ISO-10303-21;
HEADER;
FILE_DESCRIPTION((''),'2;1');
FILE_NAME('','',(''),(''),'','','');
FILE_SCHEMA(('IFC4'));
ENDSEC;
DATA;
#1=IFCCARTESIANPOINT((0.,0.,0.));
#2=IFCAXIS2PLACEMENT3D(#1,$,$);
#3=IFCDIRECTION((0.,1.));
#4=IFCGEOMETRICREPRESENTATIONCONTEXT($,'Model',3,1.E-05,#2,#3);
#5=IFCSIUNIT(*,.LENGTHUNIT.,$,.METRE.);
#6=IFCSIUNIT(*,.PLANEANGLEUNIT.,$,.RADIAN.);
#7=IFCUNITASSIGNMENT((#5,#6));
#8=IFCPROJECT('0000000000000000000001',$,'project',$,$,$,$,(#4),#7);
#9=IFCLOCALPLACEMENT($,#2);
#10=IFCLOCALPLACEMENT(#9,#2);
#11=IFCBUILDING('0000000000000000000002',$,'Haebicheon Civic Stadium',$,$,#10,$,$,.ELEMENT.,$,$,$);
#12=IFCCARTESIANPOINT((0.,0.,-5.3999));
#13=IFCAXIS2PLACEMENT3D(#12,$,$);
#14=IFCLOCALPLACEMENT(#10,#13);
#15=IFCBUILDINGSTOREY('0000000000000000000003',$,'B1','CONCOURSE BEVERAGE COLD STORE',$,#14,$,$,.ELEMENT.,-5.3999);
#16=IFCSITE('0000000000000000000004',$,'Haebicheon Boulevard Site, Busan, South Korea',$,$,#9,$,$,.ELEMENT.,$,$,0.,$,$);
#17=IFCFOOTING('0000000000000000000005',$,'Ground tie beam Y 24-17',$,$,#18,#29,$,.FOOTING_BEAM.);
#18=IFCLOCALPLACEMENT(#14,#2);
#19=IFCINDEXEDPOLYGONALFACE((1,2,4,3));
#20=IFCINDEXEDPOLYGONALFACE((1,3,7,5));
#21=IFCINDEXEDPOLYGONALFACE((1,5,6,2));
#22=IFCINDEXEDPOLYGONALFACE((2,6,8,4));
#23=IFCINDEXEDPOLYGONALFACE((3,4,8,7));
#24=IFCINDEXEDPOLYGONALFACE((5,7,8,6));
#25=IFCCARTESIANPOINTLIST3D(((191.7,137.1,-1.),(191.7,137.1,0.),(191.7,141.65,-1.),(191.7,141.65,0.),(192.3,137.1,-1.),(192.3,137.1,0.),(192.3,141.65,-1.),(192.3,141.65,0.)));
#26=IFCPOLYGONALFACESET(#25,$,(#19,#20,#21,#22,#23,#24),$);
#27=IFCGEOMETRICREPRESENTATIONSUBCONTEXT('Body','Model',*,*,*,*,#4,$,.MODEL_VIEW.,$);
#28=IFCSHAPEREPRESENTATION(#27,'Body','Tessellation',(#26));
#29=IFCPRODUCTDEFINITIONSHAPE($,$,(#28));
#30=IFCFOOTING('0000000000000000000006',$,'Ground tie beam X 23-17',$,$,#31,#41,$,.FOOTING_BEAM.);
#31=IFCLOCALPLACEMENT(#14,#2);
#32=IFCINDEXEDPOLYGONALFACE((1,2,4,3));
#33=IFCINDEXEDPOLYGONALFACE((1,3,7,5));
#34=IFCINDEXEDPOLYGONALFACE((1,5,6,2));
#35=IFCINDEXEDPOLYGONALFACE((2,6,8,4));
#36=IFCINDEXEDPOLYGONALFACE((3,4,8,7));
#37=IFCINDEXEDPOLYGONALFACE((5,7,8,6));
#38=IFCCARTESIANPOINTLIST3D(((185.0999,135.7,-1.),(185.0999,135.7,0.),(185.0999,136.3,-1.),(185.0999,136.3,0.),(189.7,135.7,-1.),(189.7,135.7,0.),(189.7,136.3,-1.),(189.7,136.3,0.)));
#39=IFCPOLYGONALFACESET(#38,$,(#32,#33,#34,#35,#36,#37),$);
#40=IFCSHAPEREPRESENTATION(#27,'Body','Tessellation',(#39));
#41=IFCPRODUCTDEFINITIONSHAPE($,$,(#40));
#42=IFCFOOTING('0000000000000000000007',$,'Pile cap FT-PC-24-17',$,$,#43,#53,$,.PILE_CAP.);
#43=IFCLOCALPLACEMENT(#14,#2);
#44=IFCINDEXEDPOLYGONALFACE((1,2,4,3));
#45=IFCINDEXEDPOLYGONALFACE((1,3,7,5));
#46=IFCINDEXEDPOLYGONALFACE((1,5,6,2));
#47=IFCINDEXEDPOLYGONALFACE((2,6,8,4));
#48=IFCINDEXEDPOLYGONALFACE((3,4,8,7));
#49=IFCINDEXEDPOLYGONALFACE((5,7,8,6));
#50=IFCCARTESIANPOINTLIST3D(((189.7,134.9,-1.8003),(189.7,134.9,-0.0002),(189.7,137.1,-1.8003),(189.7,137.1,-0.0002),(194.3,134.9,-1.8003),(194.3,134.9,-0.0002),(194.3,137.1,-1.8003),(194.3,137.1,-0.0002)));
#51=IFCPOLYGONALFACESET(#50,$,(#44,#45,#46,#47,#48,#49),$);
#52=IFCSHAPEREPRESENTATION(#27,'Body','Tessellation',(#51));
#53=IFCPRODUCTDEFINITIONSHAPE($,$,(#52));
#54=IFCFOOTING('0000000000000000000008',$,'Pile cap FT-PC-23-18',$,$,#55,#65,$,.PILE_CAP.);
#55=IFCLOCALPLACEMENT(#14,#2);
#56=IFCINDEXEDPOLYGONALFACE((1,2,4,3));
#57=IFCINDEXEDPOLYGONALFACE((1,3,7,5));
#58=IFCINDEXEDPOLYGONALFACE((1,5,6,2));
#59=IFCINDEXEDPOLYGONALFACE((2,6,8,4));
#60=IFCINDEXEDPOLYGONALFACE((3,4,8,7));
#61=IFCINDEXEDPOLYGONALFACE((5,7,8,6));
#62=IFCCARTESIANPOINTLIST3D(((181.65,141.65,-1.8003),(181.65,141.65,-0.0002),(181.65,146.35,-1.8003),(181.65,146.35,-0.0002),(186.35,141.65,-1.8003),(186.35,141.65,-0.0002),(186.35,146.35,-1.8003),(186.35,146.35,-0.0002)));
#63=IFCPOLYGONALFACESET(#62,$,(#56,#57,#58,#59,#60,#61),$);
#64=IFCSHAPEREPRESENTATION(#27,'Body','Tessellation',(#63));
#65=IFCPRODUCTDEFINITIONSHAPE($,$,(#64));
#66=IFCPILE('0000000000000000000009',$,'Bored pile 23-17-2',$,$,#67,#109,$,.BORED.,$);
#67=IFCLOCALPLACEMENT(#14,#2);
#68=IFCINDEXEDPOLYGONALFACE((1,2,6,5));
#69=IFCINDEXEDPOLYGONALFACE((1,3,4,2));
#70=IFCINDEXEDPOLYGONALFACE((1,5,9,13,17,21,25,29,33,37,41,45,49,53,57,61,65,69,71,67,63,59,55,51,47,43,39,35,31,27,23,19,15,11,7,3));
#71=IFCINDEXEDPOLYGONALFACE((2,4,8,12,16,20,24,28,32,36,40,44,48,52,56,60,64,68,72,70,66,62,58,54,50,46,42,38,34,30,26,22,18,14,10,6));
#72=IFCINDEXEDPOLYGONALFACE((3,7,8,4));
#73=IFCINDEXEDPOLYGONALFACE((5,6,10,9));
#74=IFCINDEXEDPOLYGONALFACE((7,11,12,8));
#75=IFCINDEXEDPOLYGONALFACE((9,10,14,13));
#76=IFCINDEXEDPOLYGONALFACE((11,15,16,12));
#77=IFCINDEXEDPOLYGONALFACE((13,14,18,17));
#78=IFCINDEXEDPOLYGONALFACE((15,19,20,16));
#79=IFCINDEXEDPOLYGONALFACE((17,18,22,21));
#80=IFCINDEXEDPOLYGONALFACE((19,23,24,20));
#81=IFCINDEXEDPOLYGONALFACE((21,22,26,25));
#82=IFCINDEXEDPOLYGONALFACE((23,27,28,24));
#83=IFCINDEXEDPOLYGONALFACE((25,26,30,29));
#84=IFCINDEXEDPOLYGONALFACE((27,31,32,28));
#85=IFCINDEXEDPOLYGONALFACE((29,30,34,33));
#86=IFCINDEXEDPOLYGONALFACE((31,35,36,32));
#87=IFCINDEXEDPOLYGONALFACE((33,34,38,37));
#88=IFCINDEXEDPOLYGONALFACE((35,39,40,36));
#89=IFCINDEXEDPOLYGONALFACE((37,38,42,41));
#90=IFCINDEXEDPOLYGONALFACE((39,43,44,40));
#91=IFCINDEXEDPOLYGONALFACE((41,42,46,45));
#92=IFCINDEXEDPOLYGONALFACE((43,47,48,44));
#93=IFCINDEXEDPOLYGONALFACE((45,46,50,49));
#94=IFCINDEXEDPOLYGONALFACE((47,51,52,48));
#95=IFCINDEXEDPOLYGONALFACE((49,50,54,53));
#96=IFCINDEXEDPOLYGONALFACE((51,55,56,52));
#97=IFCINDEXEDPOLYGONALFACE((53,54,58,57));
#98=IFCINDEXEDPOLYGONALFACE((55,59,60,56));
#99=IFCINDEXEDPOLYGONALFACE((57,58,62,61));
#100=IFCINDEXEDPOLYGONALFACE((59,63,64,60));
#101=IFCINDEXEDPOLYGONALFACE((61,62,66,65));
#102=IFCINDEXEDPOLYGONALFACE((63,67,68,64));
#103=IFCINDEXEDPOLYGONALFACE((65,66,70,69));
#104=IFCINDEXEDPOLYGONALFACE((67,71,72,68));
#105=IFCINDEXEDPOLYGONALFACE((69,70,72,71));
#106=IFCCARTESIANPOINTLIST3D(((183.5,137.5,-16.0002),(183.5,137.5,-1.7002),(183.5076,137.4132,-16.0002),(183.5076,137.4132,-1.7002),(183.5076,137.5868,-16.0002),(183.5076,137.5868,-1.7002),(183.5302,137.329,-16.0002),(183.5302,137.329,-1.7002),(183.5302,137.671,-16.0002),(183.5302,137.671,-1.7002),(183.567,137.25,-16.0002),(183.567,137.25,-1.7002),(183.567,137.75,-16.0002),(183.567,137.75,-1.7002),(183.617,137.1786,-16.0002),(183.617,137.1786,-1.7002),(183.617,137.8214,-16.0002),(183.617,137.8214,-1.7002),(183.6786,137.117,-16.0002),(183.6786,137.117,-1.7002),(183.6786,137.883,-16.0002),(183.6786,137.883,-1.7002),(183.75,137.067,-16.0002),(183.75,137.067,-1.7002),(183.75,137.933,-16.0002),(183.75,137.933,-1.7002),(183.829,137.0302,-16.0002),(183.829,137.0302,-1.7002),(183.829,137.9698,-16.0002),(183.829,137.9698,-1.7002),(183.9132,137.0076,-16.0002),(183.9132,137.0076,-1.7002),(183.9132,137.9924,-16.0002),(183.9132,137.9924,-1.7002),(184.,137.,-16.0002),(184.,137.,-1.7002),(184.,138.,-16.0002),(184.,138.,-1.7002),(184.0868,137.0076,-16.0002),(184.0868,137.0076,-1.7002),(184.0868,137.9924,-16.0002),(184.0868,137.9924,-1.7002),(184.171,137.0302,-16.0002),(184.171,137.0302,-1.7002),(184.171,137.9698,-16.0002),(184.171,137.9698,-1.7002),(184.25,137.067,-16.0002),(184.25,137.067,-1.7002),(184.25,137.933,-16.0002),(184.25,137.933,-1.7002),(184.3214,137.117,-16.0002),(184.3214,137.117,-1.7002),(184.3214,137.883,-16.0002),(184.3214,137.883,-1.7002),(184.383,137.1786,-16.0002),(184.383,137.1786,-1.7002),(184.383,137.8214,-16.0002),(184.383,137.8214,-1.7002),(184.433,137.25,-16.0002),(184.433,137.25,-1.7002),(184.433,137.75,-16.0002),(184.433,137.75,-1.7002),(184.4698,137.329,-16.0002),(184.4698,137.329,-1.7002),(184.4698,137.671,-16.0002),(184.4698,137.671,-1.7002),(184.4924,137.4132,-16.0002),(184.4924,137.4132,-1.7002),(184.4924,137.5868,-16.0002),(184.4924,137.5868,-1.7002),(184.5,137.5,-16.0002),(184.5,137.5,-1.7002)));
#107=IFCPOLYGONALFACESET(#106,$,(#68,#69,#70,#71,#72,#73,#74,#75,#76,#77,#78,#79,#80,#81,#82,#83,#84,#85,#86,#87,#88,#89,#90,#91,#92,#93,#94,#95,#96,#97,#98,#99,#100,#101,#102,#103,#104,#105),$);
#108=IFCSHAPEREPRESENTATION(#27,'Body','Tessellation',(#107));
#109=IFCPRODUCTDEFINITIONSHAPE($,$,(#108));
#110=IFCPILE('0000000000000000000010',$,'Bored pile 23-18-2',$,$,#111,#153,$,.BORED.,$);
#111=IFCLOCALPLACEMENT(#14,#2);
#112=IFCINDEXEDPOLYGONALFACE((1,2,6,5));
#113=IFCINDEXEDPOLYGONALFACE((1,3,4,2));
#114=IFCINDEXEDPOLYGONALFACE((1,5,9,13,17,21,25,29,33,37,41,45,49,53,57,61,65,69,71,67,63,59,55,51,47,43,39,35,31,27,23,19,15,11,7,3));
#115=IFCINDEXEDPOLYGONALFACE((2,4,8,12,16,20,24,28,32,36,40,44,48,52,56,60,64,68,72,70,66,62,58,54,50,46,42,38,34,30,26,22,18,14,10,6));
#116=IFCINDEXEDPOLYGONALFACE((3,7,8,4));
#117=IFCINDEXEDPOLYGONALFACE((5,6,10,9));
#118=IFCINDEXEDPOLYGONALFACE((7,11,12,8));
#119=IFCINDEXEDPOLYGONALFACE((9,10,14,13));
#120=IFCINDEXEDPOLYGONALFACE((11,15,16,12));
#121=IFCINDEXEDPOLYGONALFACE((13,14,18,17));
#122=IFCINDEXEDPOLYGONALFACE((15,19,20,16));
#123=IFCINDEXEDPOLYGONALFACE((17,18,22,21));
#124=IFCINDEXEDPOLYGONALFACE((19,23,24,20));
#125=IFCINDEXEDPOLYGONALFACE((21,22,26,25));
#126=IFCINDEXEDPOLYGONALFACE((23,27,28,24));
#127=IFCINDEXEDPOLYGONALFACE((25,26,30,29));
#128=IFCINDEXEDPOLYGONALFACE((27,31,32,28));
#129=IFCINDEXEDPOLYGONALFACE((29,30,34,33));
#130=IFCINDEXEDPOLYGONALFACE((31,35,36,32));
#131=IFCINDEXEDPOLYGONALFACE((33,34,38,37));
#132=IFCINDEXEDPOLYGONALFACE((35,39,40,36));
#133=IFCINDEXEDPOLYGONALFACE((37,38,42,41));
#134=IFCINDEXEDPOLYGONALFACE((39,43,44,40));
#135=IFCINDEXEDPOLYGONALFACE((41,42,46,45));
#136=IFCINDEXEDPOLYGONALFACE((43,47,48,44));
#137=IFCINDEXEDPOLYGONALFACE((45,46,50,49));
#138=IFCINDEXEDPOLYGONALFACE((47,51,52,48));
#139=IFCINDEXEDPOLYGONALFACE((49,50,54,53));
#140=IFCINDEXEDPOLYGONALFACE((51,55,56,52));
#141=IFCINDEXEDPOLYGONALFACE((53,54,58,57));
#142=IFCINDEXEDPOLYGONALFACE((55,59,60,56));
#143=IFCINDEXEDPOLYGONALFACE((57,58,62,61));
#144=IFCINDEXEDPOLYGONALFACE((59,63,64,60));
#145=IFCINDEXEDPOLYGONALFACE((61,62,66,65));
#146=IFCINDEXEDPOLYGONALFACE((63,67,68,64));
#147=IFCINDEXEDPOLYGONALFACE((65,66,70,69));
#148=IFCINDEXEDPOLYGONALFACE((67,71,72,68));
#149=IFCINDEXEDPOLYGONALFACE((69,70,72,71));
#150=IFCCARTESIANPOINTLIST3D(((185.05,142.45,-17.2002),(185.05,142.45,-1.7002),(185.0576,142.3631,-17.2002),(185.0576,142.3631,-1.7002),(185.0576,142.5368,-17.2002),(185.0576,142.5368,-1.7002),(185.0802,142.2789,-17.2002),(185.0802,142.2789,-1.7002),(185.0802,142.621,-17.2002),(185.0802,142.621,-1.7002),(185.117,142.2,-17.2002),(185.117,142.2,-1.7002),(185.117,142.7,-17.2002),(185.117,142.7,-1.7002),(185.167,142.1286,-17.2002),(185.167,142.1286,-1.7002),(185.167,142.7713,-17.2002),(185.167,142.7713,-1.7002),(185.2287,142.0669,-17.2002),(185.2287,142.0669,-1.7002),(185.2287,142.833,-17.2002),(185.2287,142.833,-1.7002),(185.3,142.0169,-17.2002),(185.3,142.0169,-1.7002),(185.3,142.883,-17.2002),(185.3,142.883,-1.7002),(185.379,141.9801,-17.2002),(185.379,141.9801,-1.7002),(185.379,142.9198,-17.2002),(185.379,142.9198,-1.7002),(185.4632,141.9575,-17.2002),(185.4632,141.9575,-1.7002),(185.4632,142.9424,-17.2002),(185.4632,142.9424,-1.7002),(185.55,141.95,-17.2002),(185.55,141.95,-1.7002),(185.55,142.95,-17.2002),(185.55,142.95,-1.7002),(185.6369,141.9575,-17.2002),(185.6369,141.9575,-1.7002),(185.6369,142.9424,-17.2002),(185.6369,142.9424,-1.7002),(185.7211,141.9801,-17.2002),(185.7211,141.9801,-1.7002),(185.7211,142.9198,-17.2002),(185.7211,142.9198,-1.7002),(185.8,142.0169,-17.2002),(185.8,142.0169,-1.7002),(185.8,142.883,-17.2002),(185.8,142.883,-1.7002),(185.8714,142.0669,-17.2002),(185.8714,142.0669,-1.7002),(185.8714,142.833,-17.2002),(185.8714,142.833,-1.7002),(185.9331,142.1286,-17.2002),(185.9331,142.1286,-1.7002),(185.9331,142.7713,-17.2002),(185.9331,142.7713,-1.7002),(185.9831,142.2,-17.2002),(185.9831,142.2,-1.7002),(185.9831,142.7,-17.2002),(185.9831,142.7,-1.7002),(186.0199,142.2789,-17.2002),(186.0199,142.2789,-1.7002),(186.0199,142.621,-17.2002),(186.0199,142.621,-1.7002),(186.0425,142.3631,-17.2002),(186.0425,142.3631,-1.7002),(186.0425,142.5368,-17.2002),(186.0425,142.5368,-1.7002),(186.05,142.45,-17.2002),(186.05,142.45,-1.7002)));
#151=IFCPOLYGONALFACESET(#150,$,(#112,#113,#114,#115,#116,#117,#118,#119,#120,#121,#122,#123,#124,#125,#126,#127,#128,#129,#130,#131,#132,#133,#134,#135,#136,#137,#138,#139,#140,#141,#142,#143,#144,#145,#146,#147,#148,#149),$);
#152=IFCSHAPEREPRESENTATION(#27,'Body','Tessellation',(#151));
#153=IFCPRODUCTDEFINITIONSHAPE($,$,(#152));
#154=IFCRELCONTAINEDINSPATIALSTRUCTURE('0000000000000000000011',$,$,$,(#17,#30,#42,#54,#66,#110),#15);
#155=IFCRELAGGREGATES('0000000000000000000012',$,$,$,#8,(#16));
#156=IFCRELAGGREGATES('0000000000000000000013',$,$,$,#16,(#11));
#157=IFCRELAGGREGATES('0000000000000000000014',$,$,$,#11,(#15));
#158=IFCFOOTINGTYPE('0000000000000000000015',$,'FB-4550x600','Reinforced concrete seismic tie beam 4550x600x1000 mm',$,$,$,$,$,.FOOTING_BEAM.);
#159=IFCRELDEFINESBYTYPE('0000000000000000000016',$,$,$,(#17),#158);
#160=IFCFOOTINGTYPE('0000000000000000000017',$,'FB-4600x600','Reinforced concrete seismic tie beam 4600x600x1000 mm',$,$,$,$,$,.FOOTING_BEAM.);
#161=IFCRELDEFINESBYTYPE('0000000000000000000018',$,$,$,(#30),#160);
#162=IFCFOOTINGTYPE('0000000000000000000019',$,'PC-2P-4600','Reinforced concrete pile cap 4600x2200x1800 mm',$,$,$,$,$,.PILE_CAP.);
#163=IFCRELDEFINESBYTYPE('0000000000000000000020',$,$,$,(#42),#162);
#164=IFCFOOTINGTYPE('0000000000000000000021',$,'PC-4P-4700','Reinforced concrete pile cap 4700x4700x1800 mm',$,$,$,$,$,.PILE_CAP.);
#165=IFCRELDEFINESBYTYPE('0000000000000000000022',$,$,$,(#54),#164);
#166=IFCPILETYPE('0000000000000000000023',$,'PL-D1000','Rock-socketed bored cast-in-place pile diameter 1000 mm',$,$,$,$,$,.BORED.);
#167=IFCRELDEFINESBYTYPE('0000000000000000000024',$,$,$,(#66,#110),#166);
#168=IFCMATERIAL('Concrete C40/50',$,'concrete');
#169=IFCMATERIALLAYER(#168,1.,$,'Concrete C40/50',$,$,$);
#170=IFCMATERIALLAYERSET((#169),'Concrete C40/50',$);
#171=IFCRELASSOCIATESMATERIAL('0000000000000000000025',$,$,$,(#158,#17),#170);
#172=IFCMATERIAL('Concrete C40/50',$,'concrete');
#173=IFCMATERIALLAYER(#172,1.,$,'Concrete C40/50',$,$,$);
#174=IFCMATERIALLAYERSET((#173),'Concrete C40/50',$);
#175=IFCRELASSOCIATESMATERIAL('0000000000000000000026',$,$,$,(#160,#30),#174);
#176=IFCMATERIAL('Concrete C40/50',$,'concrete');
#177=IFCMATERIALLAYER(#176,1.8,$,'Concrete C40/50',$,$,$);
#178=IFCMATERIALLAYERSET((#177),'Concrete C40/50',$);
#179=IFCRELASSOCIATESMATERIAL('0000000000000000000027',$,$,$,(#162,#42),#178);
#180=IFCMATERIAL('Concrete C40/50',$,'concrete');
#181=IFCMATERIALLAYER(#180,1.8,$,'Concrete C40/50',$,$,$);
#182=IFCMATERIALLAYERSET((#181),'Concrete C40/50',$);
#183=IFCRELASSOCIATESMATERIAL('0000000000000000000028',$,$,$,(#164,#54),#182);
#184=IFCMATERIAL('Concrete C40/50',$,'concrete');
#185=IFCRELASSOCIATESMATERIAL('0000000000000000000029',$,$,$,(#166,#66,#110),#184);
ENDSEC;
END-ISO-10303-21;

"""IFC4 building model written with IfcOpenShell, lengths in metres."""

from ifc_helpers import new_model, si_unit, direction, frame, origin, origin_2d, place, context, subcontext, project, spatial, rectangle, circle, extrude, material, layer, layer_set, material_profile, profile_set, type_object, element, save


model = new_model("IFC4")

# Units and contexts
model_context = context("Model", 3, precision=1e-05, world=origin(), true_north=direction((0.0, 1.0)))
body_context = subcontext(model_context, "Body", "Model", "MODEL_VIEW")
ifc_project = project(units=[si_unit("LENGTHUNIT", "METRE"), si_unit("PLANEANGLEUNIT", "RADIAN")], contexts=[model_context])

# Site, building, storey
site_placement = place(None, origin())
site = spatial("IfcSite", under=ifc_project, at=site_placement, Name="Haebicheon Boulevard Site, Busan, South Korea", CompositionType="ELEMENT", RefElevation=0.0)
building_placement = place(site_placement, origin())
building = spatial("IfcBuilding", under=site, at=building_placement, Name="Haebicheon Civic Stadium", CompositionType="ELEMENT")
storey_placement = place(building_placement, frame((0.0, 0.0, -5.3999)))
storey = spatial("IfcBuildingStorey", under=building, at=storey_placement, Name="B1", Description="CONCOURSE BEVERAGE COLD STORE", CompositionType="ELEMENT", Elevation=-5.3999)

# Footings
ifc_material_1 = material(Name="Concrete C40/50", Category="concrete")
ifc_layer_1 = layer(ifc_material_1, 1.0, Name="Concrete C40/50")
ifc_layer_set_1 = layer_set([ifc_layer_1], Name="Concrete C40/50")
footing_type_1 = type_object("IfcFootingType", Name="FB-4550x600", Description="Reinforced concrete seismic tie beam 4550x600x1000 mm", PredefinedType="FOOTING_BEAM", material=ifc_layer_set_1)
footing_1_placement = place(storey_placement, frame((192.0, 139.375, -1.0), z_axis=(0.0, 0.0, 1.0), x_axis=(0.0, 1.0, 0.0)))
element("IfcFooting", 1, at=footing_1_placement, inside=storey, type_object=footing_type_1, material=ifc_layer_set_1, Name="Ground tie beam Y 24-17", PredefinedType="FOOTING_BEAM", context=body_context, shape_type="SweptSolid", body=[
    extrude(rectangle(XDim=4.55, YDim=0.6001, at=origin_2d()), origin(), (0.0, 0.0, 1.0), 1.0),
])
ifc_material_2 = material(Name="Concrete C40/50", Category="concrete")
ifc_layer_2 = layer(ifc_material_2, 1.0, Name="Concrete C40/50")
ifc_layer_set_2 = layer_set([ifc_layer_2], Name="Concrete C40/50")
footing_type_2 = type_object("IfcFootingType", Name="FB-4600x600", Description="Reinforced concrete seismic tie beam 4600x600x1000 mm", PredefinedType="FOOTING_BEAM", material=ifc_layer_set_2)
footing_2_placement = place(storey_placement, frame((187.3999, 136.0, -1.0), z_axis=(0.0, 0.0, 1.0), x_axis=(1.0, 0.0, 0.0)))
element("IfcFooting", 2, at=footing_2_placement, inside=storey, type_object=footing_type_2, material=ifc_layer_set_2, Name="Ground tie beam X 23-17", PredefinedType="FOOTING_BEAM", context=body_context, shape_type="SweptSolid", body=[
    extrude(rectangle(XDim=4.6001, YDim=0.6001, at=origin_2d()), origin(), (0.0, 0.0, 1.0), 1.0),
])
ifc_material_3 = material(Name="Concrete C40/50", Category="concrete")
ifc_layer_3 = layer(ifc_material_3, 1.8, Name="Concrete C40/50")
ifc_layer_set_3 = layer_set([ifc_layer_3], Name="Concrete C40/50")
footing_type_3 = type_object("IfcFootingType", Name="PC-2P-4600", Description="Reinforced concrete pile cap 4600x2200x1800 mm", PredefinedType="PILE_CAP", material=ifc_layer_set_3)
footing_3_placement = place(storey_placement, frame((192.0, 136.0, -1.8003), z_axis=(0.0, 0.0, 1.0), x_axis=(1.0, 0.0, 0.0)))
element("IfcFooting", 3, at=footing_3_placement, inside=storey, type_object=footing_type_3, material=ifc_layer_set_3, Name="Pile cap FT-PC-24-17", PredefinedType="PILE_CAP", context=body_context, shape_type="SweptSolid", body=[
    extrude(rectangle(XDim=4.6001, YDim=2.2, at=origin_2d()), origin(), (0.0, 0.0, 1.0), 1.8),
])
ifc_material_4 = material(Name="Concrete C40/50", Category="concrete")
ifc_layer_4 = layer(ifc_material_4, 1.8, Name="Concrete C40/50")
ifc_layer_set_4 = layer_set([ifc_layer_4], Name="Concrete C40/50")
footing_type_4 = type_object("IfcFootingType", Name="PC-4P-4700", Description="Reinforced concrete pile cap 4700x4700x1800 mm", PredefinedType="PILE_CAP", material=ifc_layer_set_4)
footing_4_placement = place(storey_placement, frame((184.0, 144.0, -1.8003), z_axis=(0.0, 0.0, 1.0), x_axis=(1.0, 0.0, 0.0)))
element("IfcFooting", 4, at=footing_4_placement, inside=storey, type_object=footing_type_4, material=ifc_layer_set_4, Name="Pile cap FT-PC-23-18", PredefinedType="PILE_CAP", context=body_context, shape_type="SweptSolid", body=[
    extrude(rectangle(XDim=4.7, YDim=4.7, at=origin_2d()), origin(), (0.0, 0.0, 1.0), 1.8),
])

# Piles
ifc_material_5 = material(Name="Concrete C40/50", Category="concrete")
ifc_material_profile_1 = material_profile(ifc_material_5, circle(Radius=0.5, at=origin_2d()), Name="PILE-D1000")
ifc_profile_set_1 = profile_set([ifc_material_profile_1], Name="Concrete C40/50")
pile_type = type_object("IfcPileType", Name="PL-D1000", Description="Rock-socketed bored cast-in-place pile diameter 1000 mm", PredefinedType="BORED", material=ifc_profile_set_1)
pile_1_placement = place(storey_placement, frame((184.0, 137.5, -1.7002), z_axis=(0.0, 0.0, -1.0), x_axis=(1.0, 0.0, 0.0)))
element("IfcPile", 5, at=pile_1_placement, inside=storey, type_object=pile_type, material=ifc_profile_set_1, Name="Bored pile 23-17-2", PredefinedType="BORED", context=body_context, shape_type="SweptSolid", body=[
    extrude(circle(Radius=0.5, at=origin_2d()), origin(), (0.0, 0.0, 1.0), 14.3),
])
pile_2_placement = place(storey_placement, frame((185.55, 142.45, -1.7002), z_axis=(0.0, 0.0, -1.0), x_axis=(1.0, 0.0, 0.0)))
element("IfcPile", 6, at=pile_2_placement, inside=storey, type_object=pile_type, material=ifc_profile_set_1, Name="Bored pile 23-18-2", PredefinedType="BORED", context=body_context, shape_type="SweptSolid", body=[
    extrude(circle(Radius=0.5, at=origin_2d()), origin(), (0.0, 0.0, 1.0), 15.5),
])

save(model, "model.ifc")
